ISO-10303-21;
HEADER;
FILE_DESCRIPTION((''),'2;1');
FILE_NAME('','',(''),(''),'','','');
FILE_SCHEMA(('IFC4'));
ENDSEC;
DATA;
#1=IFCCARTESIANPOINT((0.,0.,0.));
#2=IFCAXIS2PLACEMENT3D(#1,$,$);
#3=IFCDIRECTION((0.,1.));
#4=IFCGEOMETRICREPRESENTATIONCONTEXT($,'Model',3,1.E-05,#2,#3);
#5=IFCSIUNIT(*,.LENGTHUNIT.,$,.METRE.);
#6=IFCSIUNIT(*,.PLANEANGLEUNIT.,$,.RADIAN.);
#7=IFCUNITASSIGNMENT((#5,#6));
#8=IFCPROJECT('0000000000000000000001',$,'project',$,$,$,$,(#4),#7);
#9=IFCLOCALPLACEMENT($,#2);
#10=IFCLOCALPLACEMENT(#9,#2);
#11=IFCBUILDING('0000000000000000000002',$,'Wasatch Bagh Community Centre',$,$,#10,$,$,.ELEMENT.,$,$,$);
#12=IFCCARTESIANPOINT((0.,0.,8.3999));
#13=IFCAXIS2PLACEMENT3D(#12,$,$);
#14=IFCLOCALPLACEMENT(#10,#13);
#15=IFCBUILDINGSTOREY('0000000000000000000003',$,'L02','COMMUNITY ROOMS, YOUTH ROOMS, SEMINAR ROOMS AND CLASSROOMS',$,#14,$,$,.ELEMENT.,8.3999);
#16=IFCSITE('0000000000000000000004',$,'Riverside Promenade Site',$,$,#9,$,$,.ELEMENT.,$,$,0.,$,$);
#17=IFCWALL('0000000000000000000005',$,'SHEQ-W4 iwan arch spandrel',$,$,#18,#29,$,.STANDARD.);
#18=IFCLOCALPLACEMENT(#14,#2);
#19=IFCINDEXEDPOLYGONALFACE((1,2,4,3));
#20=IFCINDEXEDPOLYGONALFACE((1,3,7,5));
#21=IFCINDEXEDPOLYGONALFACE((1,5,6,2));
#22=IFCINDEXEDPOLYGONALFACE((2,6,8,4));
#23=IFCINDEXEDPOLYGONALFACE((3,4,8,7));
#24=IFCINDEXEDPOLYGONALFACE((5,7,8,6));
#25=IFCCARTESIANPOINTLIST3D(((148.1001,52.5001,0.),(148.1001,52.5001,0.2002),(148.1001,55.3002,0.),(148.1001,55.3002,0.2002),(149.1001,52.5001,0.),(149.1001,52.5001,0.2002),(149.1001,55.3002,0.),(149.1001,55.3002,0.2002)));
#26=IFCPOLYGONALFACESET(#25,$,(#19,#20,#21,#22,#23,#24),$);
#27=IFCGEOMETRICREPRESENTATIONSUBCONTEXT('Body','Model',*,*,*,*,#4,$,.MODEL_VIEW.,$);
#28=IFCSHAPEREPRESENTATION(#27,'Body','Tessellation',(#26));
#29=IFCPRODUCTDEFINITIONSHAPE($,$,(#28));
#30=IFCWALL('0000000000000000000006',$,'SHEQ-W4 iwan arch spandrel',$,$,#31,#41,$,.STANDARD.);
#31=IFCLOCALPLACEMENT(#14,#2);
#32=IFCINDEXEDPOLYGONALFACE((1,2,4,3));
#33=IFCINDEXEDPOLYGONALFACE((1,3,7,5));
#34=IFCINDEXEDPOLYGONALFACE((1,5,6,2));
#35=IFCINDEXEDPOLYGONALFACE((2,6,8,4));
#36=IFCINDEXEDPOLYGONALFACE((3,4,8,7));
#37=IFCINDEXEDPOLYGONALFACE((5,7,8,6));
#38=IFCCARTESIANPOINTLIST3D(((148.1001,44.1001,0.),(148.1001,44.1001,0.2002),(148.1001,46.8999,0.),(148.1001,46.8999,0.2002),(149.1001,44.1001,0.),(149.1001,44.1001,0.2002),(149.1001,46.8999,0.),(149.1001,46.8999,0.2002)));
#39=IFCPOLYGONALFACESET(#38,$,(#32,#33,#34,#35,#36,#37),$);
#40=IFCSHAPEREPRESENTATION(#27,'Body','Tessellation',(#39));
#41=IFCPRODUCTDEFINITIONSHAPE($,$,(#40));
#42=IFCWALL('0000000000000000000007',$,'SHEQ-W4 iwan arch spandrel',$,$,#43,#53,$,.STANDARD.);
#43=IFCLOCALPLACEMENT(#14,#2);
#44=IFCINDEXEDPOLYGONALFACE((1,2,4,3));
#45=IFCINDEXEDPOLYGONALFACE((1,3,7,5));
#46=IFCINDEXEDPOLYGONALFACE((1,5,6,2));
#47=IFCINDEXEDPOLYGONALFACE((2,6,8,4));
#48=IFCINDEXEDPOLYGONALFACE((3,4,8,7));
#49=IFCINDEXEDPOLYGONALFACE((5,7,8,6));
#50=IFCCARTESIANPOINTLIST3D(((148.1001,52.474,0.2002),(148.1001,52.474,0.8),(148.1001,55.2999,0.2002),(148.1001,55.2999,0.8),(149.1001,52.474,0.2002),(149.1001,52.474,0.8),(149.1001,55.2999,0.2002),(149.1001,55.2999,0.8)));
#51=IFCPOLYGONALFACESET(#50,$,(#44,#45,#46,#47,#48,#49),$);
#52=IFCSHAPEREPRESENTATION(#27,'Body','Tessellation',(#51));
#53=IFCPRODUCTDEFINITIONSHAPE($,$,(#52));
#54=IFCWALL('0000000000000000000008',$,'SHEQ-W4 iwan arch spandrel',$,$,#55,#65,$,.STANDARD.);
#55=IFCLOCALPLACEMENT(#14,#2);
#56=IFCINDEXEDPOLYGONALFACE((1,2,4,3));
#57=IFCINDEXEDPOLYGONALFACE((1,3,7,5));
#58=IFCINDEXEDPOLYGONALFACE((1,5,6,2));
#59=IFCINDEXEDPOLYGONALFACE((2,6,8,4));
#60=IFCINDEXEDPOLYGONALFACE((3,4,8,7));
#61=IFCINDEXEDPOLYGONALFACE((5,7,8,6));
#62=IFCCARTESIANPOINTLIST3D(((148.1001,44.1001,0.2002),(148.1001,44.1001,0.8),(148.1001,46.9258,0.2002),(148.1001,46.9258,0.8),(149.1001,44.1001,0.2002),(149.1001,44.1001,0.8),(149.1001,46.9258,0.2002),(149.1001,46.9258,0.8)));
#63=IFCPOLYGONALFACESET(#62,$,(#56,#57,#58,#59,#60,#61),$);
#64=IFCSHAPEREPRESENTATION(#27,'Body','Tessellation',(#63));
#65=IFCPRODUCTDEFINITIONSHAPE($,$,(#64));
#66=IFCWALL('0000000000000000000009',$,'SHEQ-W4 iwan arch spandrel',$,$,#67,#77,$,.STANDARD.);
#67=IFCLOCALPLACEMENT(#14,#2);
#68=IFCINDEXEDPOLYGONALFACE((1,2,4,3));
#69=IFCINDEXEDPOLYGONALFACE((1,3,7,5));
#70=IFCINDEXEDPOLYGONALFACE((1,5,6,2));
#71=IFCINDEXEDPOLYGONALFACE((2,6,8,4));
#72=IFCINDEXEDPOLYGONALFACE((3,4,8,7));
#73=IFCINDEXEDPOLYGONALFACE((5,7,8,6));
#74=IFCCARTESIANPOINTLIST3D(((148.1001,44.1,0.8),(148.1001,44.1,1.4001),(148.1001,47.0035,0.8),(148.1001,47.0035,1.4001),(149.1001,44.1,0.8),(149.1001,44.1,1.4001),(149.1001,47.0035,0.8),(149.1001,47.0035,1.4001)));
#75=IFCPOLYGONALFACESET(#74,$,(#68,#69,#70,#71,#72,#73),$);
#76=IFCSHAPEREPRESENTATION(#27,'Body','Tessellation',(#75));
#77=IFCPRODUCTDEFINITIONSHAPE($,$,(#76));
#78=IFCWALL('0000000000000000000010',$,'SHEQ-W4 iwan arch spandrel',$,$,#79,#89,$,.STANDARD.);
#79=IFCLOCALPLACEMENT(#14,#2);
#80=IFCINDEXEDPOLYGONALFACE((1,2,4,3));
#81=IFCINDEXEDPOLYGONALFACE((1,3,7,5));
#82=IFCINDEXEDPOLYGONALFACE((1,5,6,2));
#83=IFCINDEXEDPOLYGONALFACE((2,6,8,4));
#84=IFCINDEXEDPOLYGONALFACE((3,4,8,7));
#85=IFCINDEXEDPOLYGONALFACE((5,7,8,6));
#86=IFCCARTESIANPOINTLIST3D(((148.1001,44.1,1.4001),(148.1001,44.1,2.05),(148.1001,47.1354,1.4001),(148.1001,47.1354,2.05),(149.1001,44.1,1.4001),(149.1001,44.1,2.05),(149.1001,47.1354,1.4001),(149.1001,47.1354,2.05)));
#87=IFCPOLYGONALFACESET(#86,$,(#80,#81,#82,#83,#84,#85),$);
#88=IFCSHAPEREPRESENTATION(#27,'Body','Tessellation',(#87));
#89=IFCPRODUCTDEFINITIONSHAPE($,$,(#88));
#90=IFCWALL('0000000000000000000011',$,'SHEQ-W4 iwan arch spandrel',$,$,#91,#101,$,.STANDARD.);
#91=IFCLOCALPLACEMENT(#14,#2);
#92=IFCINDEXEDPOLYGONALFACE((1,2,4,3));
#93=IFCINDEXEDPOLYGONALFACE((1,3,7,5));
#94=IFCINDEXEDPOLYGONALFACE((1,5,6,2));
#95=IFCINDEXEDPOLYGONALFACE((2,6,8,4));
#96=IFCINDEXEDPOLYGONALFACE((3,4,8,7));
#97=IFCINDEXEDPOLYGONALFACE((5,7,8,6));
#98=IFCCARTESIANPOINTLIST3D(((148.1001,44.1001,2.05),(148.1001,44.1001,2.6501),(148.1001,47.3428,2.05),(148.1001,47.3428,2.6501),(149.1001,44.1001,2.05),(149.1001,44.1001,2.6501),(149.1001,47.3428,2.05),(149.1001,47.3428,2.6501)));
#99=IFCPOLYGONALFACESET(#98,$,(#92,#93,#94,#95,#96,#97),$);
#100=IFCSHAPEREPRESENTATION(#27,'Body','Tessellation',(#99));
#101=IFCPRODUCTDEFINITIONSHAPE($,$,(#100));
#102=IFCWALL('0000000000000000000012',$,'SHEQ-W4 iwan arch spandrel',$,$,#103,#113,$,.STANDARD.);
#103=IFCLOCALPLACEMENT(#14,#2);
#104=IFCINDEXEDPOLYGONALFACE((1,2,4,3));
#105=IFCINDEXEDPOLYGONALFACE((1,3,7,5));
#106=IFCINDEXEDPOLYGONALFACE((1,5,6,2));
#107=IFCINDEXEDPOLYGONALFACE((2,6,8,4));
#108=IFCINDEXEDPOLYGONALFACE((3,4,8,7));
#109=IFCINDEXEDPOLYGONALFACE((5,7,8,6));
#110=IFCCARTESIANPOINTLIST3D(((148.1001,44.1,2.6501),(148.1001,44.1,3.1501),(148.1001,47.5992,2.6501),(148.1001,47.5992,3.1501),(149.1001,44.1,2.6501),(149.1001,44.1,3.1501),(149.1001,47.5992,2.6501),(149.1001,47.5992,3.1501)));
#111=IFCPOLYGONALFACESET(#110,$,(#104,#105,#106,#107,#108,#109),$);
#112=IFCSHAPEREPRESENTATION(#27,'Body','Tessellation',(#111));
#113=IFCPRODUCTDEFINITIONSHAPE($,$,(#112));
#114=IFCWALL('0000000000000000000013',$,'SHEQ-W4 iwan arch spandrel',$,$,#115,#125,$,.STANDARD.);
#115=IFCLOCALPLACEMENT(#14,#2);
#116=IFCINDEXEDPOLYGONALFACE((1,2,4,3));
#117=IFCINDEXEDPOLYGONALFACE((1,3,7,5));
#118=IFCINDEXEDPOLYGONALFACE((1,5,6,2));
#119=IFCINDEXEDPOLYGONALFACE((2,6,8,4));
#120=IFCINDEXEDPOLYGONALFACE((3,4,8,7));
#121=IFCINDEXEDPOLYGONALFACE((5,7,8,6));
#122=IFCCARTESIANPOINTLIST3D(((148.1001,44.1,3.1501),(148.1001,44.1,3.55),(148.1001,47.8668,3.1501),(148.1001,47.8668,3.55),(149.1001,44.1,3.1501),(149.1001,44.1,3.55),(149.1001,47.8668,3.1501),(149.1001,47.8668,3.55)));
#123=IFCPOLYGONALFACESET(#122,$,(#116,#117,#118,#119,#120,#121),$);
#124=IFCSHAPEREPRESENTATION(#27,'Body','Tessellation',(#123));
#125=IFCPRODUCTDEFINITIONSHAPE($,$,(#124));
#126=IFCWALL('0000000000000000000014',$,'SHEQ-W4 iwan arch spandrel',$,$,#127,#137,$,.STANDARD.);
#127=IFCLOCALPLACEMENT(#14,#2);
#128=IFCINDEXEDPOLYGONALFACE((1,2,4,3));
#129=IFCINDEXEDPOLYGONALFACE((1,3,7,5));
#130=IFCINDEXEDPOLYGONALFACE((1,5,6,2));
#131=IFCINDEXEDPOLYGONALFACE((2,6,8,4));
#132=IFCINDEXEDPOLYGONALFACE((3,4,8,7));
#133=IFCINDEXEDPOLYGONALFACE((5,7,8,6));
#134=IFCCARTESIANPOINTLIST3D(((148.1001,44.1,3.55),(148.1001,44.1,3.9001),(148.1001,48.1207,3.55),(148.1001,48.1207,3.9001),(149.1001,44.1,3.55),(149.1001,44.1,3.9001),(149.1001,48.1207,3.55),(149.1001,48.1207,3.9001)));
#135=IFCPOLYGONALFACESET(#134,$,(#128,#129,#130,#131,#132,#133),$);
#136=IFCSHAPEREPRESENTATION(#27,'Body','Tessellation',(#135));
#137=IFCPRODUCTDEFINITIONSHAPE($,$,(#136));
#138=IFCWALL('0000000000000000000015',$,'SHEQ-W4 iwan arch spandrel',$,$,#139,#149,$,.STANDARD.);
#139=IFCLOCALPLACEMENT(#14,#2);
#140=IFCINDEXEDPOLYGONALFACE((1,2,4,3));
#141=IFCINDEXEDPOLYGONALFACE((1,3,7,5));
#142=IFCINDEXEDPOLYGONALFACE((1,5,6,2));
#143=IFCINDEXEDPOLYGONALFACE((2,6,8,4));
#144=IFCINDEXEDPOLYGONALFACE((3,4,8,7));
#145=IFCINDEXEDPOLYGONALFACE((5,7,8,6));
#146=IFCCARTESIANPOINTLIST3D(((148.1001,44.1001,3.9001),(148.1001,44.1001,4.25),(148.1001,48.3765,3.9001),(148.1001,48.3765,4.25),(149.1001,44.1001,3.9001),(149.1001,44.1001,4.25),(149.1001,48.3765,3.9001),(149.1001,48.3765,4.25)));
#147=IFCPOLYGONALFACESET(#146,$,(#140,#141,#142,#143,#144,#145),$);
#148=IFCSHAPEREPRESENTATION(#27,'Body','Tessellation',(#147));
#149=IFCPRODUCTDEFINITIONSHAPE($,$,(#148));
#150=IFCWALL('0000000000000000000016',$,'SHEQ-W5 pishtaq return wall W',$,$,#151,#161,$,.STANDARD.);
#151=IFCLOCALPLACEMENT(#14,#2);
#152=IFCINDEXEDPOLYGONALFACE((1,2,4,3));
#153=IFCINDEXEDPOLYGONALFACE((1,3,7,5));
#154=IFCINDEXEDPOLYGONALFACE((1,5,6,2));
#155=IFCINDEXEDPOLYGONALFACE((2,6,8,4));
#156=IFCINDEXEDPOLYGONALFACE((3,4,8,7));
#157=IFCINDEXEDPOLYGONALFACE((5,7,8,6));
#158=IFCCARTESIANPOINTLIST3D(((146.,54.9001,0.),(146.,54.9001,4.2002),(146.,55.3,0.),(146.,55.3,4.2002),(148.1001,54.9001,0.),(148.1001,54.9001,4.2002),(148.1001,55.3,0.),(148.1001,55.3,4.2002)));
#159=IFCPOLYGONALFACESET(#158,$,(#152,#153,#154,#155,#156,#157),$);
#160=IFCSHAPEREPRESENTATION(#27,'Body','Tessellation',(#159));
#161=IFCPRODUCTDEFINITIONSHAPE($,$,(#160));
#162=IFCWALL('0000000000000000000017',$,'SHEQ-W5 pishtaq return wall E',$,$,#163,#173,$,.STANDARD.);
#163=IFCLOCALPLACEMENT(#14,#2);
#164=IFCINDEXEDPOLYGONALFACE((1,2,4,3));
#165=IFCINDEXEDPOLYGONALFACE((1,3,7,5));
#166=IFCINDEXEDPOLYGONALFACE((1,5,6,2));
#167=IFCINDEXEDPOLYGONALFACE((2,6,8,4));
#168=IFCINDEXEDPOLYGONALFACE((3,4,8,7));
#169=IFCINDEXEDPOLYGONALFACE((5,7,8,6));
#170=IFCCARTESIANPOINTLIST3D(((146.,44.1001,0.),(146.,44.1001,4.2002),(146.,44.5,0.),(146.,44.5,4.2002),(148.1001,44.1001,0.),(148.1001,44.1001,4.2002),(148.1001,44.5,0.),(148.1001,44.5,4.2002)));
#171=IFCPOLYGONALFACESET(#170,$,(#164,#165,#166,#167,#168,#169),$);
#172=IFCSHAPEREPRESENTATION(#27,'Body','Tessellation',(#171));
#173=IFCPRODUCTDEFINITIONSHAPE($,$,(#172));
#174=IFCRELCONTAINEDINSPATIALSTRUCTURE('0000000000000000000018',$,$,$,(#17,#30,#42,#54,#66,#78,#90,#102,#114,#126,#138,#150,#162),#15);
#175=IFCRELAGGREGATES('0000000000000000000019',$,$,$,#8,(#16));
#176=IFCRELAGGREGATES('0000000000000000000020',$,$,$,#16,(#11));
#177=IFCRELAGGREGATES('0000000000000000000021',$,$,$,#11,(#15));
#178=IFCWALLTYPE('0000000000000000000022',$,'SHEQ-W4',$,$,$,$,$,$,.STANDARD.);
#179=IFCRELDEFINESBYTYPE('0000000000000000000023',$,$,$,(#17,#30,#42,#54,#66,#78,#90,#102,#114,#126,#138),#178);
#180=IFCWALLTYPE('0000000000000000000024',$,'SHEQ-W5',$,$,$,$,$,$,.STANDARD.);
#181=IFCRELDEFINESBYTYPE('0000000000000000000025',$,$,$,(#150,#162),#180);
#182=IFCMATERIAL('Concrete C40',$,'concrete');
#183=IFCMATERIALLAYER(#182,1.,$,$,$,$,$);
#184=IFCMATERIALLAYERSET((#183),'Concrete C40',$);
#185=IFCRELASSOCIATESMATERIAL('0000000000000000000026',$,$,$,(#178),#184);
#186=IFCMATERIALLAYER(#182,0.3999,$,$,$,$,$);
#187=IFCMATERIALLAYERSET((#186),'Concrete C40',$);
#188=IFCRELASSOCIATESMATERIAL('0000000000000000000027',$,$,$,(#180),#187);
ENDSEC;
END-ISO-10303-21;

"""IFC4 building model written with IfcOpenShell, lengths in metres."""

from ifc_helpers import new_model, si_unit, direction, frame, frame_2d, origin, place, context, subcontext, project, spatial, rectangle, extrude, material, layer, layer_set, type_object, element, save


model = new_model("IFC4")

# Units and contexts
model_context = context("Model", 3, precision=1e-05, world=origin(), true_north=direction((0.0, 1.0)))
body_context = subcontext(model_context, "Body", "Model", "MODEL_VIEW")
ifc_project = project(units=[si_unit("LENGTHUNIT", "METRE"), si_unit("PLANEANGLEUNIT", "RADIAN")], contexts=[model_context])

# Site, building, storey
site_placement = place(None, origin())
site = spatial("IfcSite", under=ifc_project, at=site_placement, Name="Riverside Promenade Site", CompositionType="ELEMENT", RefElevation=0.0)
building_placement = place(site_placement, origin())
building = spatial("IfcBuilding", under=site, at=building_placement, Name="Wasatch Bagh Community Centre", CompositionType="ELEMENT")
storey_placement = place(building_placement, frame((0.0, 0.0, 8.3999)))
storey = spatial("IfcBuildingStorey", under=building, at=storey_placement, Name="L02", Description="COMMUNITY ROOMS, YOUTH ROOMS, SEMINAR ROOMS AND CLASSROOMS", CompositionType="ELEMENT", Elevation=8.3999)

# Shared definitions
ifc_material_1 = material(Name="Concrete C40", Category="concrete")

# Walls
ifc_layer_1 = layer(ifc_material_1, 1.0)
ifc_layer_set_1 = layer_set([ifc_layer_1], Name="Concrete C40")
wall_type_1 = type_object("IfcWallType", Name="SHEQ-W4", PredefinedType="STANDARD", material=ifc_layer_set_1)
wall_1_placement = place(storey_placement, frame((148.6001, 55.3, 0.0), z_axis=(0.0, 0.0, 1.0), x_axis=(0.0, -1.0, 0.0)))
element("IfcWall", 1, at=wall_1_placement, inside=storey, type_object=wall_type_1, Name="SHEQ-W4 iwan arch spandrel", PredefinedType="STANDARD", context=body_context, shape_type="SweptSolid", body=[
    extrude(rectangle(XDim=2.8, YDim=1.0, at=frame_2d((1.3999, 0.0))), origin(), (0.0, 0.0, 1.0), 0.2002),
])
wall_2_placement = place(storey_placement, frame((148.6001, 44.1001, 0.0), z_axis=(0.0, 0.0, 1.0), x_axis=(0.0, 1.0, 0.0)))
element("IfcWall", 2, at=wall_2_placement, inside=storey, type_object=wall_type_1, Name="SHEQ-W4 iwan arch spandrel", PredefinedType="STANDARD", context=body_context, shape_type="SweptSolid", body=[
    extrude(rectangle(XDim=2.7998, YDim=1.0, at=frame_2d((1.3999, 0.0))), origin(), (0.0, 0.0, 1.0), 0.2002),
])
wall_3_placement = place(storey_placement, frame((148.6001, 55.3, 0.2002), z_axis=(0.0, 0.0, 1.0), x_axis=(0.0, -1.0, 0.0)))
element("IfcWall", 3, at=wall_3_placement, inside=storey, type_object=wall_type_1, Name="SHEQ-W4 iwan arch spandrel", PredefinedType="STANDARD", context=body_context, shape_type="SweptSolid", body=[
    extrude(rectangle(XDim=2.8259, YDim=1.0, at=frame_2d((1.4131, 0.0))), origin(), (0.0, 0.0, 1.0), 0.5999),
])
wall_4_placement = place(storey_placement, frame((148.6001, 44.1001, 0.2002), z_axis=(0.0, 0.0, 1.0), x_axis=(0.0, 1.0, 0.0)))
element("IfcWall", 4, at=wall_4_placement, inside=storey, type_object=wall_type_1, Name="SHEQ-W4 iwan arch spandrel", PredefinedType="STANDARD", context=body_context, shape_type="SweptSolid", body=[
    extrude(rectangle(XDim=2.8257, YDim=1.0, at=frame_2d((1.4128, 0.0))), origin(), (0.0, 0.0, 1.0), 0.5999),
])
wall_5_placement = place(storey_placement, frame((148.6001, 44.1001, 0.8), z_axis=(0.0, 0.0, 1.0), x_axis=(0.0, 1.0, 0.0)))
element("IfcWall", 5, at=wall_5_placement, inside=storey, type_object=wall_type_1, Name="SHEQ-W4 iwan arch spandrel", PredefinedType="STANDARD", context=body_context, shape_type="SweptSolid", body=[
    extrude(rectangle(XDim=2.9036, YDim=1.0, at=frame_2d((1.4517, 0.0))), origin(), (0.0, 0.0, 1.0), 0.6001),
])
wall_6_placement = place(storey_placement, frame((148.6001, 44.1001, 1.4001), z_axis=(0.0, 0.0, 1.0), x_axis=(0.0, 1.0, 0.0)))
element("IfcWall", 6, at=wall_6_placement, inside=storey, type_object=wall_type_1, Name="SHEQ-W4 iwan arch spandrel", PredefinedType="STANDARD", context=body_context, shape_type="SweptSolid", body=[
    extrude(rectangle(XDim=3.0354, YDim=1.0, at=frame_2d((1.5176, 0.0))), origin(), (0.0, 0.0, 1.0), 0.6499),
])
wall_7_placement = place(storey_placement, frame((148.6001, 44.1001, 2.05), z_axis=(0.0, 0.0, 1.0), x_axis=(0.0, 1.0, 0.0)))
element("IfcWall", 7, at=wall_7_placement, inside=storey, type_object=wall_type_1, Name="SHEQ-W4 iwan arch spandrel", PredefinedType="STANDARD", context=body_context, shape_type="SweptSolid", body=[
    extrude(rectangle(XDim=3.2427, YDim=1.0, at=frame_2d((1.6213, 0.0))), origin(), (0.0, 0.0, 1.0), 0.6001),
])
wall_8_placement = place(storey_placement, frame((148.6001, 44.1001, 2.6501), z_axis=(0.0, 0.0, 1.0), x_axis=(0.0, 1.0, 0.0)))
element("IfcWall", 8, at=wall_8_placement, inside=storey, type_object=wall_type_1, Name="SHEQ-W4 iwan arch spandrel", PredefinedType="STANDARD", context=body_context, shape_type="SweptSolid", body=[
    extrude(rectangle(XDim=3.4993, YDim=1.0, at=frame_2d((1.7495, 0.0))), origin(), (0.0, 0.0, 1.0), 0.5),
])
wall_9_placement = place(storey_placement, frame((148.6001, 44.1001, 3.1501), z_axis=(0.0, 0.0, 1.0), x_axis=(0.0, 1.0, 0.0)))
element("IfcWall", 9, at=wall_9_placement, inside=storey, type_object=wall_type_1, Name="SHEQ-W4 iwan arch spandrel", PredefinedType="STANDARD", context=body_context, shape_type="SweptSolid", body=[
    extrude(rectangle(XDim=3.7668, YDim=1.0, at=frame_2d((1.8833, 0.0))), origin(), (0.0, 0.0, 1.0), 0.3999),
])
wall_10_placement = place(storey_placement, frame((148.6001, 44.1001, 3.55), z_axis=(0.0, 0.0, 1.0), x_axis=(0.0, 1.0, 0.0)))
element("IfcWall", 10, at=wall_10_placement, inside=storey, type_object=wall_type_1, Name="SHEQ-W4 iwan arch spandrel", PredefinedType="STANDARD", context=body_context, shape_type="SweptSolid", body=[
    extrude(rectangle(XDim=4.0208, YDim=1.0, at=frame_2d((2.0103, 0.0))), origin(), (0.0, 0.0, 1.0), 0.3501),
])
wall_11_placement = place(storey_placement, frame((148.6001, 44.1001, 3.9001), z_axis=(0.0, 0.0, 1.0), x_axis=(0.0, 1.0, 0.0)))
element("IfcWall", 11, at=wall_11_placement, inside=storey, type_object=wall_type_1, Name="SHEQ-W4 iwan arch spandrel", PredefinedType="STANDARD", context=body_context, shape_type="SweptSolid", body=[
    extrude(rectangle(XDim=4.2764, YDim=1.0, at=frame_2d((2.1382, 0.0))), origin(), (0.0, 0.0, 1.0), 0.3499),
])
ifc_layer_2 = layer(ifc_material_1, 0.3999)
ifc_layer_set_2 = layer_set([ifc_layer_2], Name="Concrete C40")
wall_type_2 = type_object("IfcWallType", Name="SHEQ-W5", PredefinedType="STANDARD", material=ifc_layer_set_2)
for number, where, z_axis, x_axis, name in (
    (12, (148.1001, 55.1001, 0.0), (0.0, 0.0, 1.0), (-1.0, 0.0, 0.0), "SHEQ-W5 pishtaq return wall W"),
    (13, (148.1001, 44.3, 0.0), (0.0, 0.0, 1.0), (-1.0, 0.0, 0.0), "SHEQ-W5 pishtaq return wall E"),
):
    element("IfcWall", number, at=place(storey_placement, frame(where, z_axis=z_axis, x_axis=x_axis)), inside=storey, type_object=wall_type_2, Name=name, PredefinedType="STANDARD", context=body_context, shape_type="SweptSolid", body=[
        extrude(rectangle(XDim=2.1001, YDim=0.3999, at=frame_2d((1.05, 0.0))), origin(), (0.0, 0.0, 1.0), 4.2002),
    ])

save(model, "model.ifc")
